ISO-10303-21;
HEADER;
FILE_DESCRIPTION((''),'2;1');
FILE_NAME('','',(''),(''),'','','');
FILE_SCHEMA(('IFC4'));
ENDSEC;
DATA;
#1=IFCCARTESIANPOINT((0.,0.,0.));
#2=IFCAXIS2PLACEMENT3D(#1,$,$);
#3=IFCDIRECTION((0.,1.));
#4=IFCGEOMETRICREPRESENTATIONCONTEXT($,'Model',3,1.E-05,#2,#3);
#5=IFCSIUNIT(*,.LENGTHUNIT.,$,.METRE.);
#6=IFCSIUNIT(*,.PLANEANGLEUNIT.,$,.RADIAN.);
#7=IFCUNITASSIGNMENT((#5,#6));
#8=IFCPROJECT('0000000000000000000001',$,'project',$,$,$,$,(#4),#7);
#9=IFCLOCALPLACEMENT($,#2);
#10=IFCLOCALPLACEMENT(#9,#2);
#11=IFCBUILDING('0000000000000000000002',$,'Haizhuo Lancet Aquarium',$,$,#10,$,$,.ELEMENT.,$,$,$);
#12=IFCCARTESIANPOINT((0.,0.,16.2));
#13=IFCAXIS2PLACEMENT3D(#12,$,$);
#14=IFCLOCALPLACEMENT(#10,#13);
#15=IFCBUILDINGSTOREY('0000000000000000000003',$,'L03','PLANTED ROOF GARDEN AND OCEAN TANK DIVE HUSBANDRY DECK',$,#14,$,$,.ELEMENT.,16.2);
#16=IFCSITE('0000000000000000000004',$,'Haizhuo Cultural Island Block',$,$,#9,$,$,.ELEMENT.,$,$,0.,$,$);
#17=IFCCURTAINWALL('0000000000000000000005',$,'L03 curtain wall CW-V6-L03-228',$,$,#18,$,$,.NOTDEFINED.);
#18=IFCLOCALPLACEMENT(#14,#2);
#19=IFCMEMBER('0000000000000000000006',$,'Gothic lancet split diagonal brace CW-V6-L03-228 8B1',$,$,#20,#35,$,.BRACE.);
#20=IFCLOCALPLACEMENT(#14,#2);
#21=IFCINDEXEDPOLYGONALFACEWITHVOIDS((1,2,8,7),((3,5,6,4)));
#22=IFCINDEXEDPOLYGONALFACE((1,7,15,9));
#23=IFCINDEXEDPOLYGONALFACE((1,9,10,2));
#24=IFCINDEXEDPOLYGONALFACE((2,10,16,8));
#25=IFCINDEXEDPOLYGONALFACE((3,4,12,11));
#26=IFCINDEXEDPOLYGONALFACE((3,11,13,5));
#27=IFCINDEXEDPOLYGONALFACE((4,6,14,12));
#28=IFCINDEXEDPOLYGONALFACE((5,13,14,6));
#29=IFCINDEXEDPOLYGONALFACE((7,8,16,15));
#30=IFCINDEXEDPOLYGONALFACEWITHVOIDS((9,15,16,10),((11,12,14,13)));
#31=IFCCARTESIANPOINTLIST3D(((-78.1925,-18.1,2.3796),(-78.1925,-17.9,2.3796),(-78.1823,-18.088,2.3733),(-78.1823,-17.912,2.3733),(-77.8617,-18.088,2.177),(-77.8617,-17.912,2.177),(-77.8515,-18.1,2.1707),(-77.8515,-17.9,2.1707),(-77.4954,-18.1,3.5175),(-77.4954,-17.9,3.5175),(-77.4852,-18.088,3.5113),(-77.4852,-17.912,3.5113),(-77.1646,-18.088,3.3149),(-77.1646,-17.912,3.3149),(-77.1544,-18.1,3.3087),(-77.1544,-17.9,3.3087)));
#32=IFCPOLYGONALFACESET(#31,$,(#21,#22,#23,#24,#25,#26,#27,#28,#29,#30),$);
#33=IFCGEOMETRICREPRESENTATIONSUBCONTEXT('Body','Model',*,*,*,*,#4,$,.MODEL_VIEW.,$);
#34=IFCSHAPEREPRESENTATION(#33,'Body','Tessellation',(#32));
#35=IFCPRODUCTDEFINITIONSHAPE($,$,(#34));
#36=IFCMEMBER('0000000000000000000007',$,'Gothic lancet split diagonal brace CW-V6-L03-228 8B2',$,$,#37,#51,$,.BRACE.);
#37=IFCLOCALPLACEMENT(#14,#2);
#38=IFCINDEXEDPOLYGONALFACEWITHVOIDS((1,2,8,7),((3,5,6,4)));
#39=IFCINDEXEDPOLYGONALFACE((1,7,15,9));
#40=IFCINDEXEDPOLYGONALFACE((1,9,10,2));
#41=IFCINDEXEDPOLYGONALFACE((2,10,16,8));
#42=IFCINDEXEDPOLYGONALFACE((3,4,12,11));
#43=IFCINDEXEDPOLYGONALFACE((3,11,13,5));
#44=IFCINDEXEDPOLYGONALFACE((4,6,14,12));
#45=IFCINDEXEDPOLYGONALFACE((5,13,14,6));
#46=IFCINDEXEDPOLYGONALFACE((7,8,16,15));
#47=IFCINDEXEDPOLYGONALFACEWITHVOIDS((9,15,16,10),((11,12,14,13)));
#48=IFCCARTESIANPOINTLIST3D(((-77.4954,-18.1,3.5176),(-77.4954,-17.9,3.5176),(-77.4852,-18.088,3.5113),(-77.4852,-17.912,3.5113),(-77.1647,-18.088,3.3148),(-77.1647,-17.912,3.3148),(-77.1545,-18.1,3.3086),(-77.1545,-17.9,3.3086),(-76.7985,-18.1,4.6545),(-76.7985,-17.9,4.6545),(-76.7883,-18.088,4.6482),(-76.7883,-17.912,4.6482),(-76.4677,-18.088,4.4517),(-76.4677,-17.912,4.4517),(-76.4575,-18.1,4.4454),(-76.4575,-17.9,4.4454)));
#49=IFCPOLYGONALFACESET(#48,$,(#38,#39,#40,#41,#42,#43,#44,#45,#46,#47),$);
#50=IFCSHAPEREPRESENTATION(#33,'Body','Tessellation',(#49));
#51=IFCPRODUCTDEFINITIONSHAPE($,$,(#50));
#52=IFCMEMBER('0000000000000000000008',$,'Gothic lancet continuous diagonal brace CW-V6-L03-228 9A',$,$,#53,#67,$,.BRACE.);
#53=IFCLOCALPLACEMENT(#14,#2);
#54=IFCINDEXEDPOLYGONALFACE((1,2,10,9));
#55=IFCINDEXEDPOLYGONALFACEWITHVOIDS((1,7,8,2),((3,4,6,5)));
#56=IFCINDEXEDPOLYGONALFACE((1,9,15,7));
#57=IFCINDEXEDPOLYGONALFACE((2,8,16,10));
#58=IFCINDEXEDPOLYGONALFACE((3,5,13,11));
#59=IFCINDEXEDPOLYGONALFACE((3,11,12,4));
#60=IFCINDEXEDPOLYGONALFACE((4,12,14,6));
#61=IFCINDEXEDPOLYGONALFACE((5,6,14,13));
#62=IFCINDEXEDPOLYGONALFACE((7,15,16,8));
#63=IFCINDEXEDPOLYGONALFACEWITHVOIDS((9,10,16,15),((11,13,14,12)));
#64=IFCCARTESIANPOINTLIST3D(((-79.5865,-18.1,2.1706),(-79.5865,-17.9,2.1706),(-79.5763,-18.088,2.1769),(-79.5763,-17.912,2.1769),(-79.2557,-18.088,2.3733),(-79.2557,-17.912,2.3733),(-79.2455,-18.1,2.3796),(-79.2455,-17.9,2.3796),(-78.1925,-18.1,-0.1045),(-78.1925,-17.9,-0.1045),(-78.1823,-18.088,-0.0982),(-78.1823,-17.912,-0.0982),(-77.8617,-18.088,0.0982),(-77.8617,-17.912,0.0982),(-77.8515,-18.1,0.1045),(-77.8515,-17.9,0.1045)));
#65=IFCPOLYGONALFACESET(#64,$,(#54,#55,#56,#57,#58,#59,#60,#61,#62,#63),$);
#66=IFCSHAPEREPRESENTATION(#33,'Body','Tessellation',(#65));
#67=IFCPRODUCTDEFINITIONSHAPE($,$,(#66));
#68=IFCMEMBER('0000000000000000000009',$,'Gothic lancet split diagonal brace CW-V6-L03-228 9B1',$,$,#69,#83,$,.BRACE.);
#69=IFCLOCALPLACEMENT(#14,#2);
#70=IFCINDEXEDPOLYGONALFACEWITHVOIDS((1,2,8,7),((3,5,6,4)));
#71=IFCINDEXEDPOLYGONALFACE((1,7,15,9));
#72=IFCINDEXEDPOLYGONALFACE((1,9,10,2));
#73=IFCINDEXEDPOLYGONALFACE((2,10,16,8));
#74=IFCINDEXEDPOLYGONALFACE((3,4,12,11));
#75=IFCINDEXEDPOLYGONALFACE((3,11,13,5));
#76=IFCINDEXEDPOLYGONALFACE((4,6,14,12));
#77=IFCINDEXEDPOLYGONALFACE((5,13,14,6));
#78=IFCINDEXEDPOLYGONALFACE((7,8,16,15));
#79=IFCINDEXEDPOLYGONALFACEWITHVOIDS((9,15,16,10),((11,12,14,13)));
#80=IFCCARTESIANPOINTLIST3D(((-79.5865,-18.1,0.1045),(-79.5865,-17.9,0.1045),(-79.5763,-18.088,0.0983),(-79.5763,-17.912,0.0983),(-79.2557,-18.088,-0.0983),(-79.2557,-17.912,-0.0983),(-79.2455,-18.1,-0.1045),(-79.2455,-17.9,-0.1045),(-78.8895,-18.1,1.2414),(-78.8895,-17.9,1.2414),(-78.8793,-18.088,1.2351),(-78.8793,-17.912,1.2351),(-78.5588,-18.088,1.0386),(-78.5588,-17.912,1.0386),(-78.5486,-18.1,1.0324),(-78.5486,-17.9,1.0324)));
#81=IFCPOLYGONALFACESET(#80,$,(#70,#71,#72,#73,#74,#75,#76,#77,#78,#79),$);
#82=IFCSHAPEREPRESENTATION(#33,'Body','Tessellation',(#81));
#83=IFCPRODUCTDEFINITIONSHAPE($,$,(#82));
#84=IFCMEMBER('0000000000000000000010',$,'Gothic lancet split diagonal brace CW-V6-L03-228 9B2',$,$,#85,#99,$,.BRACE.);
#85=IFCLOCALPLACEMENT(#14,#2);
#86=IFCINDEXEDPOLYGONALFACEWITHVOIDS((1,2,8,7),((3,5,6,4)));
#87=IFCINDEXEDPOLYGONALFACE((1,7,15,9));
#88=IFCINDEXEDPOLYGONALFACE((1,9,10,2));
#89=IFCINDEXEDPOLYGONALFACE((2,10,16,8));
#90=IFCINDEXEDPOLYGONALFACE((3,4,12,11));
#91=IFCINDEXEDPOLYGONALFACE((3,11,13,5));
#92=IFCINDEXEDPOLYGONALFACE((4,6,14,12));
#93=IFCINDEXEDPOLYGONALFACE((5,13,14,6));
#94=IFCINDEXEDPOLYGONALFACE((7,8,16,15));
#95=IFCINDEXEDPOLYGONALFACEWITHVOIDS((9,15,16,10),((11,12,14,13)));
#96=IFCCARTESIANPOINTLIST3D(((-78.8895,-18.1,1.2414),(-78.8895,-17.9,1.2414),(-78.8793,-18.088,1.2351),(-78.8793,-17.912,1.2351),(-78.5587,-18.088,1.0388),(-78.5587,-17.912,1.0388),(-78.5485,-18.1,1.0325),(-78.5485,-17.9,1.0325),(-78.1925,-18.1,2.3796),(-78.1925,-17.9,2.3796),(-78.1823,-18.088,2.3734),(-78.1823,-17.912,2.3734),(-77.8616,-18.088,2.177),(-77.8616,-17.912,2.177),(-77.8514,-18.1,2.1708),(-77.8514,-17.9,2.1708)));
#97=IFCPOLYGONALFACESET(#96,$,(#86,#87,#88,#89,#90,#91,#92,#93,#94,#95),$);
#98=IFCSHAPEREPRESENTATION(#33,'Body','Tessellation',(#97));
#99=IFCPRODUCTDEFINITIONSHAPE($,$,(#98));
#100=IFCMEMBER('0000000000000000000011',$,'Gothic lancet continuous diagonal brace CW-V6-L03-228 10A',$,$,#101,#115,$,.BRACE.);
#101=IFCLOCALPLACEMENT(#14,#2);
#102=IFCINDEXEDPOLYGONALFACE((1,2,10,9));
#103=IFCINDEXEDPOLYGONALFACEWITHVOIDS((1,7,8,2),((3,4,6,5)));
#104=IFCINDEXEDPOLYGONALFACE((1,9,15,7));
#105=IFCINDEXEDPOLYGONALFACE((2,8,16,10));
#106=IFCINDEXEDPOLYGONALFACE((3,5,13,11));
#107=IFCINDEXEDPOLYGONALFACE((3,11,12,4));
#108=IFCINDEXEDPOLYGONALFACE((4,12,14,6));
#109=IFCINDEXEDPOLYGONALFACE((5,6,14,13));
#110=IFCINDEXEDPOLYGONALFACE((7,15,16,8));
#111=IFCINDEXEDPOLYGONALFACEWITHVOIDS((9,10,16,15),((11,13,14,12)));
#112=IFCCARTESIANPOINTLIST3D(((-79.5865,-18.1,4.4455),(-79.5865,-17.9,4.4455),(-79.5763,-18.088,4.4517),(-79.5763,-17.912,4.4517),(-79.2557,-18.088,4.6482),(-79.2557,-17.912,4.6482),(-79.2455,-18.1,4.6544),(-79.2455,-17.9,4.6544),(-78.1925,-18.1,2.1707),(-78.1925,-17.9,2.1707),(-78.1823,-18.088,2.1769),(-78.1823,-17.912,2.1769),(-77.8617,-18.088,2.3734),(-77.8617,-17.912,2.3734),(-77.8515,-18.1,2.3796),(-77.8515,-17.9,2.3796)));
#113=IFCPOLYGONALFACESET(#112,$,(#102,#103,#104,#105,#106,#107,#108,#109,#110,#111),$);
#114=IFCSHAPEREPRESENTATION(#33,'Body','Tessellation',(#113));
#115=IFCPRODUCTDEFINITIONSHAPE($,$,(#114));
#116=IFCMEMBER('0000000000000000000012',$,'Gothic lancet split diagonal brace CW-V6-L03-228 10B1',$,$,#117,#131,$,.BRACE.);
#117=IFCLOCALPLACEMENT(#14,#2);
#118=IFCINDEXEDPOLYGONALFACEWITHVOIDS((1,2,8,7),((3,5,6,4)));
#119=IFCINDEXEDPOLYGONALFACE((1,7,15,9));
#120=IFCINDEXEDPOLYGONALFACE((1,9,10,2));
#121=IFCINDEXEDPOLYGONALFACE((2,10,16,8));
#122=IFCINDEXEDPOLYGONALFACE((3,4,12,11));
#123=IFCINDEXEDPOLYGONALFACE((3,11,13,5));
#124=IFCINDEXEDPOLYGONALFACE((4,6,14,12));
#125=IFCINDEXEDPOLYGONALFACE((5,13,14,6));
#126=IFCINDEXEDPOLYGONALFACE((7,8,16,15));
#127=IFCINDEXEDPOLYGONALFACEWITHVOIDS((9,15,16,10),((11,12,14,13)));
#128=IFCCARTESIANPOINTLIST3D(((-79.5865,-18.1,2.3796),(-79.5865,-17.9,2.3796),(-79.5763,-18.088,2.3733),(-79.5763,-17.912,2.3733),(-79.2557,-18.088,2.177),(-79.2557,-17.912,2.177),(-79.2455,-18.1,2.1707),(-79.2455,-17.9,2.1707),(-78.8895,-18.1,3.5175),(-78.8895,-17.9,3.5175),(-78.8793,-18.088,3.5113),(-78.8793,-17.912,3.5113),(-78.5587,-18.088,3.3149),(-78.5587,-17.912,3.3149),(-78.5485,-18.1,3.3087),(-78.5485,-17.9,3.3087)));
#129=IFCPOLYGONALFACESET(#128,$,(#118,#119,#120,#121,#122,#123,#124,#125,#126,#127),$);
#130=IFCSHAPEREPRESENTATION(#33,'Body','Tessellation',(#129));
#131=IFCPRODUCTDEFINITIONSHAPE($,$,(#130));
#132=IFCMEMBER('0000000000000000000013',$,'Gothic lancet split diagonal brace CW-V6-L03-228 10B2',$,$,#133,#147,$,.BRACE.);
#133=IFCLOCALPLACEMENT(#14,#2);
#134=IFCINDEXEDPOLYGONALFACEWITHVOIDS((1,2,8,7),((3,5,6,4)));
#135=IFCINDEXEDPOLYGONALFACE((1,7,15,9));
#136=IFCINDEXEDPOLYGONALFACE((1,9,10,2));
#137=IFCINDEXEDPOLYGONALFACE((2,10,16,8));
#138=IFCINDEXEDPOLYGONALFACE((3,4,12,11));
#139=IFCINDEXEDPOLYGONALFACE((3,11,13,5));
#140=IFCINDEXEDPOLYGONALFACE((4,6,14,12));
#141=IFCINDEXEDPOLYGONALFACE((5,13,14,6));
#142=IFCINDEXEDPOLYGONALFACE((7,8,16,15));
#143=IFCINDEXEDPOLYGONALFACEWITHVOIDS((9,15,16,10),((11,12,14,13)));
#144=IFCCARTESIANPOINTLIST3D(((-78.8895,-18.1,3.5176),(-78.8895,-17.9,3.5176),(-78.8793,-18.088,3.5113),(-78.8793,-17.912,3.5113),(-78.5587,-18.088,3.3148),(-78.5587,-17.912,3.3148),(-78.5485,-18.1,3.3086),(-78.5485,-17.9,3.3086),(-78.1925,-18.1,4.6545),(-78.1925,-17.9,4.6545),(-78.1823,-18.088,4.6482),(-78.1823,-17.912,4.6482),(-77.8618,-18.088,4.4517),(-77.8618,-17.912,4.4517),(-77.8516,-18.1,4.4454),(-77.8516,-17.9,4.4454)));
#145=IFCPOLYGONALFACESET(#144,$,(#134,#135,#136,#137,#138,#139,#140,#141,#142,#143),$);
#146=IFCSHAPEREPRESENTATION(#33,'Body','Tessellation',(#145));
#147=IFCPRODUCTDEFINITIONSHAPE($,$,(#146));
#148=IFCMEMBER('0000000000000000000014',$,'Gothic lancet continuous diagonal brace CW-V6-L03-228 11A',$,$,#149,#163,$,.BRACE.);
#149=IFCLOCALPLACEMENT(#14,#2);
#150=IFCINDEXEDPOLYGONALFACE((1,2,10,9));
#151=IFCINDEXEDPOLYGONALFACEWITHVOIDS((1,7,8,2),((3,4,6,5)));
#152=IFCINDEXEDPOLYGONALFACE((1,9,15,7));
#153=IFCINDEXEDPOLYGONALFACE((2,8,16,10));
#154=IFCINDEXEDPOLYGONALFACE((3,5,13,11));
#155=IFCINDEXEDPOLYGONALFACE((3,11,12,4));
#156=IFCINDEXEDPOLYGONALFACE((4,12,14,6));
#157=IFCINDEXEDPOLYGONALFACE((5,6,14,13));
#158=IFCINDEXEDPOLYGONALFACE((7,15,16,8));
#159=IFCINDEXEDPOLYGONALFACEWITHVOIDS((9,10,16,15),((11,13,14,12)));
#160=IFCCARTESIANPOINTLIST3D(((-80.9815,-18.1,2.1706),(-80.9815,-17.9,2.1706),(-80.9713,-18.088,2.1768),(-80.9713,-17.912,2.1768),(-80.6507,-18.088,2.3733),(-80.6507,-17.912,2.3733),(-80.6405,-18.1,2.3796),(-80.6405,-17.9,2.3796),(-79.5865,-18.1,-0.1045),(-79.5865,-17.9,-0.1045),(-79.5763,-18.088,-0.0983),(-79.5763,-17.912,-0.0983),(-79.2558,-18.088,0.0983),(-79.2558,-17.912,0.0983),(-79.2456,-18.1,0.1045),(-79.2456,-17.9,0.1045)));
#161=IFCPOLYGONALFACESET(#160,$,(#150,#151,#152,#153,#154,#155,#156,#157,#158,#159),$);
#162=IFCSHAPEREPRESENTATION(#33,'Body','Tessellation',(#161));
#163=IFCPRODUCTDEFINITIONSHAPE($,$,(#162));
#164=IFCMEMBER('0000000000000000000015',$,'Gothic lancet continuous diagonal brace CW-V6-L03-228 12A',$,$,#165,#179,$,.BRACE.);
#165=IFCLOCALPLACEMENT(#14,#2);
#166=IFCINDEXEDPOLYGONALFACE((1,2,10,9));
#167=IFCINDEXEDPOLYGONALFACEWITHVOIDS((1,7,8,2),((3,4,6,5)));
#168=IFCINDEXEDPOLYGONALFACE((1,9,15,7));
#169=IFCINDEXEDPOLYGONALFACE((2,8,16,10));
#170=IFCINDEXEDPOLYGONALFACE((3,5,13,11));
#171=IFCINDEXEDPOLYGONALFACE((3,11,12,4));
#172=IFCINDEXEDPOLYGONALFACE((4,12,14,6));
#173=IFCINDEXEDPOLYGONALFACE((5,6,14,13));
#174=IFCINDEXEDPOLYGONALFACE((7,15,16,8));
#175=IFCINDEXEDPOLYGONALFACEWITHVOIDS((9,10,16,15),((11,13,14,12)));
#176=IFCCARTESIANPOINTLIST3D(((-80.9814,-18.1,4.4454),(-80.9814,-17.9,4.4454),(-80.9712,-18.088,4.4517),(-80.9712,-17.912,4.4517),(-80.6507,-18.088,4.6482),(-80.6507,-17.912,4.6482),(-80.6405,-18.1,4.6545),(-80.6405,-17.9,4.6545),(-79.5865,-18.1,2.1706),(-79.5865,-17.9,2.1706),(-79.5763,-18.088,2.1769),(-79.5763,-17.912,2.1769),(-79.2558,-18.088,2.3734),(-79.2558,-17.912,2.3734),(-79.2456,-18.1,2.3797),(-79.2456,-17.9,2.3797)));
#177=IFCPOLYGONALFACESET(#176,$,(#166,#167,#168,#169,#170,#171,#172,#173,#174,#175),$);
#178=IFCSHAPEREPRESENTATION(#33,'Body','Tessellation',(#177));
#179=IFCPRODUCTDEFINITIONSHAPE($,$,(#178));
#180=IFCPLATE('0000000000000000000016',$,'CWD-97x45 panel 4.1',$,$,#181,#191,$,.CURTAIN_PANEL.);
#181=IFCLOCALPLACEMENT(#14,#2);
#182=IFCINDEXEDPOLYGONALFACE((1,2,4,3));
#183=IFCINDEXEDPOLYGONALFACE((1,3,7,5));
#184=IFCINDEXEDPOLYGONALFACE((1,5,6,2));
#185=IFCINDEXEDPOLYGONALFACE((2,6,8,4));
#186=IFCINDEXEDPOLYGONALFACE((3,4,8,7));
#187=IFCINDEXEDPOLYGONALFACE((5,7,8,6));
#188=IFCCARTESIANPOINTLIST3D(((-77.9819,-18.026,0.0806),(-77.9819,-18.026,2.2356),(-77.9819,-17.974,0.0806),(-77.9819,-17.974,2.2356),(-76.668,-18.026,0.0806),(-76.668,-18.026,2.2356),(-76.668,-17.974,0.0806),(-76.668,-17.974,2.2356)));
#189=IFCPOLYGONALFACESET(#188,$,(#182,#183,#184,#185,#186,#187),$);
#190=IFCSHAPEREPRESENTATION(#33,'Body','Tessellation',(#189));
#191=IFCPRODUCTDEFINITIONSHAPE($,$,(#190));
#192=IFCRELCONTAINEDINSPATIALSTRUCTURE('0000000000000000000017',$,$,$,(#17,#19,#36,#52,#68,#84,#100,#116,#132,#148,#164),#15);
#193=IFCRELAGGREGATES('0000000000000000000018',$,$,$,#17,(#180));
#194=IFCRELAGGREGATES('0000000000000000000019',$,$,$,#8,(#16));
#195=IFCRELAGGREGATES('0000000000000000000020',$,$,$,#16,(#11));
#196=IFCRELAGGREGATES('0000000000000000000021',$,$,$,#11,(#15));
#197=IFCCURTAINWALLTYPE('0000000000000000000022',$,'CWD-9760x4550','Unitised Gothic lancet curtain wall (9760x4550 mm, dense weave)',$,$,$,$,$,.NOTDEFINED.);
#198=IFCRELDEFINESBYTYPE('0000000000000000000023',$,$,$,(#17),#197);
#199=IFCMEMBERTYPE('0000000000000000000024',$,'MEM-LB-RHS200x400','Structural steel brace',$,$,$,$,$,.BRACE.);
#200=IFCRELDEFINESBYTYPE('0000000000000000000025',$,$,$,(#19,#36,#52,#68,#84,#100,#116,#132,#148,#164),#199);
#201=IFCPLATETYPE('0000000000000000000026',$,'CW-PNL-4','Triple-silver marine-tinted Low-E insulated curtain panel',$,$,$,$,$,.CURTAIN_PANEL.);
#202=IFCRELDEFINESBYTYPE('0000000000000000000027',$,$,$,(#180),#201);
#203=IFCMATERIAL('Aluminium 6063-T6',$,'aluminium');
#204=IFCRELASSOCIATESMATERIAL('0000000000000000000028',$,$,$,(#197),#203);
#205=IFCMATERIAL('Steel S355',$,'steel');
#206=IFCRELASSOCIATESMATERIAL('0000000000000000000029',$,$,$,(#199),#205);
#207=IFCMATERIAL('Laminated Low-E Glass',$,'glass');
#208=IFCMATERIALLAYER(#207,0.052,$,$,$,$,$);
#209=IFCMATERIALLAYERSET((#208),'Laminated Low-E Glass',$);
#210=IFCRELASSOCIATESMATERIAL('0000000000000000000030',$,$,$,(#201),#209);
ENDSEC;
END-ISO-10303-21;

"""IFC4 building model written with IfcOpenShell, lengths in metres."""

from ifc_helpers import new_model, si_unit, direction, frame, origin, origin_2d, place, context, subcontext, project, spatial, rectangle, hollow_rectangle, extrude, material, layer, layer_set, material_profile, profile_set, type_object, element, aggregate, save


model = new_model("IFC4")

# Units and contexts
model_context = context("Model", 3, precision=1e-05, world=origin(), true_north=direction((0.0, 1.0)))
body_context = subcontext(model_context, "Body", "Model", "MODEL_VIEW")
ifc_project = project(units=[si_unit("LENGTHUNIT", "METRE"), si_unit("PLANEANGLEUNIT", "RADIAN")], contexts=[model_context])

# Site, building, storey
site_placement = place(None, origin())
site = spatial("IfcSite", under=ifc_project, at=site_placement, Name="Haizhuo Cultural Island Block", CompositionType="ELEMENT", RefElevation=0.0)
building_placement = place(site_placement, origin())
building = spatial("IfcBuilding", under=site, at=building_placement, Name="Haizhuo Lancet Aquarium", CompositionType="ELEMENT")
storey_placement = place(building_placement, frame((0.0, 0.0, 16.2)))
storey = spatial("IfcBuildingStorey", under=building, at=storey_placement, Name="L03", Description="PLANTED ROOF GARDEN AND OCEAN TANK DIVE HUSBANDRY DECK", CompositionType="ELEMENT", Elevation=16.2)

# Curtain wall
ifc_material_1 = material(Name="Aluminium 6063-T6", Category="aluminium")
curtain_wall_type = type_object("IfcCurtainWallType", Name="CWD-9760x4550", Description="Unitised Gothic lancet curtain wall (9760x4550 mm, dense weave)", PredefinedType="NOTDEFINED", material=ifc_material_1)
curtain_wall_placement = place(storey_placement, origin())
curtain_wall = element("IfcCurtainWall", 1, at=curtain_wall_placement, inside=storey, type_object=curtain_wall_type, Name="L03 curtain wall CW-V6-L03-228", PredefinedType="NOTDEFINED")

# Members
ifc_material_2 = material(Name="Steel S355", Category="steel")
ifc_material_profile_1 = material_profile(ifc_material_2, hollow_rectangle(XDim=0.2, YDim=0.3999, WallThickness=0.012, at=origin_2d()), Name="RHS 200x400x12")
ifc_profile_set_1 = profile_set([ifc_material_profile_1], Name="Steel S355")
member_type_1 = type_object("IfcMemberType", Name="MEM-LB-RHS200x400", Description="Structural steel brace", PredefinedType="BRACE", material=ifc_profile_set_1)
member_1_placement = place(storey_placement, frame((-78.022, -18.0, 2.2751), z_axis=(0.52233, 0.0, 0.852743), x_axis=(0.0, 1.0, 0.0)))
element("IfcMember", 2, at=member_1_placement, inside=storey, type_object=member_type_1, Name="Gothic lancet split diagonal brace CW-V6-L03-228 8B1", PredefinedType="BRACE", context=body_context, shape_type="SweptSolid", body=[
    extrude(hollow_rectangle(XDim=0.2, YDim=0.3999, WallThickness=0.012, at=origin_2d()), origin(), (0.0, 0.0, 1.0), 1.3345),
])
member_2_placement = place(storey_placement, frame((-77.325, -18.0, 3.4131), z_axis=(0.522656, 0.0, 0.852543), x_axis=(0.0, 1.0, 0.0)))
element("IfcMember", 3, at=member_2_placement, inside=storey, type_object=member_type_1, Name="Gothic lancet split diagonal brace CW-V6-L03-228 8B2", PredefinedType="BRACE", context=body_context, shape_type="SweptSolid", body=[
    extrude(hollow_rectangle(XDim=0.2, YDim=0.3999, WallThickness=0.012, at=origin_2d()), origin(), (0.0, 0.0, 1.0), 1.3335),
])
member_3_placement = place(storey_placement, frame((-78.022, -18.0, 0.0), z_axis=(-0.522453, 0.0, 0.852668), x_axis=(0.0, -1.0, 0.0)))
element("IfcMember", 4, at=member_3_placement, inside=storey, type_object=member_type_1, Name="Gothic lancet continuous diagonal brace CW-V6-L03-228 9A", PredefinedType="BRACE", context=body_context, shape_type="SweptSolid", body=[
    extrude(hollow_rectangle(XDim=0.2, YDim=0.3999, WallThickness=0.012, at=origin_2d()), origin(), (0.0, 0.0, 1.0), 2.6682),
])
member_4_placement = place(storey_placement, frame((-79.416, -18.0, 0.0), z_axis=(0.522656, 0.0, 0.852543), x_axis=(0.0, 1.0, 0.0)))
element("IfcMember", 5, at=member_4_placement, inside=storey, type_object=member_type_1, Name="Gothic lancet split diagonal brace CW-V6-L03-228 9B1", PredefinedType="BRACE", context=body_context, shape_type="SweptSolid", body=[
    extrude(hollow_rectangle(XDim=0.2, YDim=0.3999, WallThickness=0.012, at=origin_2d()), origin(), (0.0, 0.0, 1.0), 1.3335),
])
member_5_placement = place(storey_placement, frame((-78.719, -18.0, 1.137), z_axis=(0.522249, 0.0, 0.852793), x_axis=(0.0, 1.0, 0.0)))
element("IfcMember", 6, at=member_5_placement, inside=storey, type_object=member_type_1, Name="Gothic lancet split diagonal brace CW-V6-L03-228 9B2", PredefinedType="BRACE", context=body_context, shape_type="SweptSolid", body=[
    extrude(hollow_rectangle(XDim=0.2, YDim=0.3999, WallThickness=0.012, at=origin_2d()), origin(), (0.0, 0.0, 1.0), 1.3347),
])
member_6_placement = place(storey_placement, frame((-78.022, -18.0, 2.2751), z_axis=(-0.522493, 0.0, 0.852643), x_axis=(0.0, -1.0, 0.0)))
element("IfcMember", 7, at=member_6_placement, inside=storey, type_object=member_type_1, Name="Gothic lancet continuous diagonal brace CW-V6-L03-228 10A", PredefinedType="BRACE", context=body_context, shape_type="SweptSolid", body=[
    extrude(hollow_rectangle(XDim=0.2, YDim=0.3999, WallThickness=0.012, at=origin_2d()), origin(), (0.0, 0.0, 1.0), 2.668),
])
member_7_placement = place(storey_placement, frame((-79.416, -18.0, 2.2751), z_axis=(0.52233, 0.0, 0.852743), x_axis=(0.0, 1.0, 0.0)))
element("IfcMember", 8, at=member_7_placement, inside=storey, type_object=member_type_1, Name="Gothic lancet split diagonal brace CW-V6-L03-228 10B1", PredefinedType="BRACE", context=body_context, shape_type="SweptSolid", body=[
    extrude(hollow_rectangle(XDim=0.2, YDim=0.3999, WallThickness=0.012, at=origin_2d()), origin(), (0.0, 0.0, 1.0), 1.3345),
])
member_8_placement = place(storey_placement, frame((-78.719, -18.0, 3.4131), z_axis=(0.522656, 0.0, 0.852543), x_axis=(0.0, 1.0, 0.0)))
element("IfcMember", 9, at=member_8_placement, inside=storey, type_object=member_type_1, Name="Gothic lancet split diagonal brace CW-V6-L03-228 10B2", PredefinedType="BRACE", context=body_context, shape_type="SweptSolid", body=[
    extrude(hollow_rectangle(XDim=0.2, YDim=0.3999, WallThickness=0.012, at=origin_2d()), origin(), (0.0, 0.0, 1.0), 1.3335),
])
member_9_placement = place(storey_placement, frame((-79.416, -18.0, 0.0), z_axis=(-0.522719, 0.0, 0.852505), x_axis=(0.0, -1.0, 0.0)))
element("IfcMember", 10, at=member_9_placement, inside=storey, type_object=member_type_1, Name="Gothic lancet continuous diagonal brace CW-V6-L03-228 11A", PredefinedType="BRACE", context=body_context, shape_type="SweptSolid", body=[
    extrude(hollow_rectangle(XDim=0.2, YDim=0.3999, WallThickness=0.012, at=origin_2d()), origin(), (0.0, 0.0, 1.0), 2.6687),
])
member_10_placement = place(storey_placement, frame((-79.416, -18.0, 2.2751), z_axis=(-0.522759, 0.0, 0.85248), x_axis=(0.0, -1.0, 0.0)))
element("IfcMember", 11, at=member_10_placement, inside=storey, type_object=member_type_1, Name="Gothic lancet continuous diagonal brace CW-V6-L03-228 12A", PredefinedType="BRACE", context=body_context, shape_type="SweptSolid", body=[
    extrude(hollow_rectangle(XDim=0.2, YDim=0.3999, WallThickness=0.012, at=origin_2d()), origin(), (0.0, 0.0, 1.0), 2.6685),
])

# Plate
ifc_material_3 = material(Name="Laminated Low-E Glass", Category="glass")
ifc_layer = layer(ifc_material_3, 0.052)
ifc_layer_set = layer_set([ifc_layer], Name="Laminated Low-E Glass")
plate_type = type_object("IfcPlateType", Name="CW-PNL-4", Description="Triple-silver marine-tinted Low-E insulated curtain panel", PredefinedType="CURTAIN_PANEL", material=ifc_layer_set)
plate_1_placement = place(storey_placement, frame((-77.325, -18.0, 0.0806), z_axis=(0.0, 0.0, 1.0), x_axis=(-1.0, 0.0, 0.0)))
plate_1 = element("IfcPlate", 12, at=plate_1_placement, type_object=plate_type, Name="CWD-97x45 panel 4.1", PredefinedType="CURTAIN_PANEL", context=body_context, shape_type="SweptSolid", body=[
    extrude(rectangle(XDim=1.314, YDim=0.052, at=origin_2d()), origin(), (0.0, 0.0, 1.0), 2.155),
])
aggregate(curtain_wall, [plate_1])

save(model, "model.ifc")
